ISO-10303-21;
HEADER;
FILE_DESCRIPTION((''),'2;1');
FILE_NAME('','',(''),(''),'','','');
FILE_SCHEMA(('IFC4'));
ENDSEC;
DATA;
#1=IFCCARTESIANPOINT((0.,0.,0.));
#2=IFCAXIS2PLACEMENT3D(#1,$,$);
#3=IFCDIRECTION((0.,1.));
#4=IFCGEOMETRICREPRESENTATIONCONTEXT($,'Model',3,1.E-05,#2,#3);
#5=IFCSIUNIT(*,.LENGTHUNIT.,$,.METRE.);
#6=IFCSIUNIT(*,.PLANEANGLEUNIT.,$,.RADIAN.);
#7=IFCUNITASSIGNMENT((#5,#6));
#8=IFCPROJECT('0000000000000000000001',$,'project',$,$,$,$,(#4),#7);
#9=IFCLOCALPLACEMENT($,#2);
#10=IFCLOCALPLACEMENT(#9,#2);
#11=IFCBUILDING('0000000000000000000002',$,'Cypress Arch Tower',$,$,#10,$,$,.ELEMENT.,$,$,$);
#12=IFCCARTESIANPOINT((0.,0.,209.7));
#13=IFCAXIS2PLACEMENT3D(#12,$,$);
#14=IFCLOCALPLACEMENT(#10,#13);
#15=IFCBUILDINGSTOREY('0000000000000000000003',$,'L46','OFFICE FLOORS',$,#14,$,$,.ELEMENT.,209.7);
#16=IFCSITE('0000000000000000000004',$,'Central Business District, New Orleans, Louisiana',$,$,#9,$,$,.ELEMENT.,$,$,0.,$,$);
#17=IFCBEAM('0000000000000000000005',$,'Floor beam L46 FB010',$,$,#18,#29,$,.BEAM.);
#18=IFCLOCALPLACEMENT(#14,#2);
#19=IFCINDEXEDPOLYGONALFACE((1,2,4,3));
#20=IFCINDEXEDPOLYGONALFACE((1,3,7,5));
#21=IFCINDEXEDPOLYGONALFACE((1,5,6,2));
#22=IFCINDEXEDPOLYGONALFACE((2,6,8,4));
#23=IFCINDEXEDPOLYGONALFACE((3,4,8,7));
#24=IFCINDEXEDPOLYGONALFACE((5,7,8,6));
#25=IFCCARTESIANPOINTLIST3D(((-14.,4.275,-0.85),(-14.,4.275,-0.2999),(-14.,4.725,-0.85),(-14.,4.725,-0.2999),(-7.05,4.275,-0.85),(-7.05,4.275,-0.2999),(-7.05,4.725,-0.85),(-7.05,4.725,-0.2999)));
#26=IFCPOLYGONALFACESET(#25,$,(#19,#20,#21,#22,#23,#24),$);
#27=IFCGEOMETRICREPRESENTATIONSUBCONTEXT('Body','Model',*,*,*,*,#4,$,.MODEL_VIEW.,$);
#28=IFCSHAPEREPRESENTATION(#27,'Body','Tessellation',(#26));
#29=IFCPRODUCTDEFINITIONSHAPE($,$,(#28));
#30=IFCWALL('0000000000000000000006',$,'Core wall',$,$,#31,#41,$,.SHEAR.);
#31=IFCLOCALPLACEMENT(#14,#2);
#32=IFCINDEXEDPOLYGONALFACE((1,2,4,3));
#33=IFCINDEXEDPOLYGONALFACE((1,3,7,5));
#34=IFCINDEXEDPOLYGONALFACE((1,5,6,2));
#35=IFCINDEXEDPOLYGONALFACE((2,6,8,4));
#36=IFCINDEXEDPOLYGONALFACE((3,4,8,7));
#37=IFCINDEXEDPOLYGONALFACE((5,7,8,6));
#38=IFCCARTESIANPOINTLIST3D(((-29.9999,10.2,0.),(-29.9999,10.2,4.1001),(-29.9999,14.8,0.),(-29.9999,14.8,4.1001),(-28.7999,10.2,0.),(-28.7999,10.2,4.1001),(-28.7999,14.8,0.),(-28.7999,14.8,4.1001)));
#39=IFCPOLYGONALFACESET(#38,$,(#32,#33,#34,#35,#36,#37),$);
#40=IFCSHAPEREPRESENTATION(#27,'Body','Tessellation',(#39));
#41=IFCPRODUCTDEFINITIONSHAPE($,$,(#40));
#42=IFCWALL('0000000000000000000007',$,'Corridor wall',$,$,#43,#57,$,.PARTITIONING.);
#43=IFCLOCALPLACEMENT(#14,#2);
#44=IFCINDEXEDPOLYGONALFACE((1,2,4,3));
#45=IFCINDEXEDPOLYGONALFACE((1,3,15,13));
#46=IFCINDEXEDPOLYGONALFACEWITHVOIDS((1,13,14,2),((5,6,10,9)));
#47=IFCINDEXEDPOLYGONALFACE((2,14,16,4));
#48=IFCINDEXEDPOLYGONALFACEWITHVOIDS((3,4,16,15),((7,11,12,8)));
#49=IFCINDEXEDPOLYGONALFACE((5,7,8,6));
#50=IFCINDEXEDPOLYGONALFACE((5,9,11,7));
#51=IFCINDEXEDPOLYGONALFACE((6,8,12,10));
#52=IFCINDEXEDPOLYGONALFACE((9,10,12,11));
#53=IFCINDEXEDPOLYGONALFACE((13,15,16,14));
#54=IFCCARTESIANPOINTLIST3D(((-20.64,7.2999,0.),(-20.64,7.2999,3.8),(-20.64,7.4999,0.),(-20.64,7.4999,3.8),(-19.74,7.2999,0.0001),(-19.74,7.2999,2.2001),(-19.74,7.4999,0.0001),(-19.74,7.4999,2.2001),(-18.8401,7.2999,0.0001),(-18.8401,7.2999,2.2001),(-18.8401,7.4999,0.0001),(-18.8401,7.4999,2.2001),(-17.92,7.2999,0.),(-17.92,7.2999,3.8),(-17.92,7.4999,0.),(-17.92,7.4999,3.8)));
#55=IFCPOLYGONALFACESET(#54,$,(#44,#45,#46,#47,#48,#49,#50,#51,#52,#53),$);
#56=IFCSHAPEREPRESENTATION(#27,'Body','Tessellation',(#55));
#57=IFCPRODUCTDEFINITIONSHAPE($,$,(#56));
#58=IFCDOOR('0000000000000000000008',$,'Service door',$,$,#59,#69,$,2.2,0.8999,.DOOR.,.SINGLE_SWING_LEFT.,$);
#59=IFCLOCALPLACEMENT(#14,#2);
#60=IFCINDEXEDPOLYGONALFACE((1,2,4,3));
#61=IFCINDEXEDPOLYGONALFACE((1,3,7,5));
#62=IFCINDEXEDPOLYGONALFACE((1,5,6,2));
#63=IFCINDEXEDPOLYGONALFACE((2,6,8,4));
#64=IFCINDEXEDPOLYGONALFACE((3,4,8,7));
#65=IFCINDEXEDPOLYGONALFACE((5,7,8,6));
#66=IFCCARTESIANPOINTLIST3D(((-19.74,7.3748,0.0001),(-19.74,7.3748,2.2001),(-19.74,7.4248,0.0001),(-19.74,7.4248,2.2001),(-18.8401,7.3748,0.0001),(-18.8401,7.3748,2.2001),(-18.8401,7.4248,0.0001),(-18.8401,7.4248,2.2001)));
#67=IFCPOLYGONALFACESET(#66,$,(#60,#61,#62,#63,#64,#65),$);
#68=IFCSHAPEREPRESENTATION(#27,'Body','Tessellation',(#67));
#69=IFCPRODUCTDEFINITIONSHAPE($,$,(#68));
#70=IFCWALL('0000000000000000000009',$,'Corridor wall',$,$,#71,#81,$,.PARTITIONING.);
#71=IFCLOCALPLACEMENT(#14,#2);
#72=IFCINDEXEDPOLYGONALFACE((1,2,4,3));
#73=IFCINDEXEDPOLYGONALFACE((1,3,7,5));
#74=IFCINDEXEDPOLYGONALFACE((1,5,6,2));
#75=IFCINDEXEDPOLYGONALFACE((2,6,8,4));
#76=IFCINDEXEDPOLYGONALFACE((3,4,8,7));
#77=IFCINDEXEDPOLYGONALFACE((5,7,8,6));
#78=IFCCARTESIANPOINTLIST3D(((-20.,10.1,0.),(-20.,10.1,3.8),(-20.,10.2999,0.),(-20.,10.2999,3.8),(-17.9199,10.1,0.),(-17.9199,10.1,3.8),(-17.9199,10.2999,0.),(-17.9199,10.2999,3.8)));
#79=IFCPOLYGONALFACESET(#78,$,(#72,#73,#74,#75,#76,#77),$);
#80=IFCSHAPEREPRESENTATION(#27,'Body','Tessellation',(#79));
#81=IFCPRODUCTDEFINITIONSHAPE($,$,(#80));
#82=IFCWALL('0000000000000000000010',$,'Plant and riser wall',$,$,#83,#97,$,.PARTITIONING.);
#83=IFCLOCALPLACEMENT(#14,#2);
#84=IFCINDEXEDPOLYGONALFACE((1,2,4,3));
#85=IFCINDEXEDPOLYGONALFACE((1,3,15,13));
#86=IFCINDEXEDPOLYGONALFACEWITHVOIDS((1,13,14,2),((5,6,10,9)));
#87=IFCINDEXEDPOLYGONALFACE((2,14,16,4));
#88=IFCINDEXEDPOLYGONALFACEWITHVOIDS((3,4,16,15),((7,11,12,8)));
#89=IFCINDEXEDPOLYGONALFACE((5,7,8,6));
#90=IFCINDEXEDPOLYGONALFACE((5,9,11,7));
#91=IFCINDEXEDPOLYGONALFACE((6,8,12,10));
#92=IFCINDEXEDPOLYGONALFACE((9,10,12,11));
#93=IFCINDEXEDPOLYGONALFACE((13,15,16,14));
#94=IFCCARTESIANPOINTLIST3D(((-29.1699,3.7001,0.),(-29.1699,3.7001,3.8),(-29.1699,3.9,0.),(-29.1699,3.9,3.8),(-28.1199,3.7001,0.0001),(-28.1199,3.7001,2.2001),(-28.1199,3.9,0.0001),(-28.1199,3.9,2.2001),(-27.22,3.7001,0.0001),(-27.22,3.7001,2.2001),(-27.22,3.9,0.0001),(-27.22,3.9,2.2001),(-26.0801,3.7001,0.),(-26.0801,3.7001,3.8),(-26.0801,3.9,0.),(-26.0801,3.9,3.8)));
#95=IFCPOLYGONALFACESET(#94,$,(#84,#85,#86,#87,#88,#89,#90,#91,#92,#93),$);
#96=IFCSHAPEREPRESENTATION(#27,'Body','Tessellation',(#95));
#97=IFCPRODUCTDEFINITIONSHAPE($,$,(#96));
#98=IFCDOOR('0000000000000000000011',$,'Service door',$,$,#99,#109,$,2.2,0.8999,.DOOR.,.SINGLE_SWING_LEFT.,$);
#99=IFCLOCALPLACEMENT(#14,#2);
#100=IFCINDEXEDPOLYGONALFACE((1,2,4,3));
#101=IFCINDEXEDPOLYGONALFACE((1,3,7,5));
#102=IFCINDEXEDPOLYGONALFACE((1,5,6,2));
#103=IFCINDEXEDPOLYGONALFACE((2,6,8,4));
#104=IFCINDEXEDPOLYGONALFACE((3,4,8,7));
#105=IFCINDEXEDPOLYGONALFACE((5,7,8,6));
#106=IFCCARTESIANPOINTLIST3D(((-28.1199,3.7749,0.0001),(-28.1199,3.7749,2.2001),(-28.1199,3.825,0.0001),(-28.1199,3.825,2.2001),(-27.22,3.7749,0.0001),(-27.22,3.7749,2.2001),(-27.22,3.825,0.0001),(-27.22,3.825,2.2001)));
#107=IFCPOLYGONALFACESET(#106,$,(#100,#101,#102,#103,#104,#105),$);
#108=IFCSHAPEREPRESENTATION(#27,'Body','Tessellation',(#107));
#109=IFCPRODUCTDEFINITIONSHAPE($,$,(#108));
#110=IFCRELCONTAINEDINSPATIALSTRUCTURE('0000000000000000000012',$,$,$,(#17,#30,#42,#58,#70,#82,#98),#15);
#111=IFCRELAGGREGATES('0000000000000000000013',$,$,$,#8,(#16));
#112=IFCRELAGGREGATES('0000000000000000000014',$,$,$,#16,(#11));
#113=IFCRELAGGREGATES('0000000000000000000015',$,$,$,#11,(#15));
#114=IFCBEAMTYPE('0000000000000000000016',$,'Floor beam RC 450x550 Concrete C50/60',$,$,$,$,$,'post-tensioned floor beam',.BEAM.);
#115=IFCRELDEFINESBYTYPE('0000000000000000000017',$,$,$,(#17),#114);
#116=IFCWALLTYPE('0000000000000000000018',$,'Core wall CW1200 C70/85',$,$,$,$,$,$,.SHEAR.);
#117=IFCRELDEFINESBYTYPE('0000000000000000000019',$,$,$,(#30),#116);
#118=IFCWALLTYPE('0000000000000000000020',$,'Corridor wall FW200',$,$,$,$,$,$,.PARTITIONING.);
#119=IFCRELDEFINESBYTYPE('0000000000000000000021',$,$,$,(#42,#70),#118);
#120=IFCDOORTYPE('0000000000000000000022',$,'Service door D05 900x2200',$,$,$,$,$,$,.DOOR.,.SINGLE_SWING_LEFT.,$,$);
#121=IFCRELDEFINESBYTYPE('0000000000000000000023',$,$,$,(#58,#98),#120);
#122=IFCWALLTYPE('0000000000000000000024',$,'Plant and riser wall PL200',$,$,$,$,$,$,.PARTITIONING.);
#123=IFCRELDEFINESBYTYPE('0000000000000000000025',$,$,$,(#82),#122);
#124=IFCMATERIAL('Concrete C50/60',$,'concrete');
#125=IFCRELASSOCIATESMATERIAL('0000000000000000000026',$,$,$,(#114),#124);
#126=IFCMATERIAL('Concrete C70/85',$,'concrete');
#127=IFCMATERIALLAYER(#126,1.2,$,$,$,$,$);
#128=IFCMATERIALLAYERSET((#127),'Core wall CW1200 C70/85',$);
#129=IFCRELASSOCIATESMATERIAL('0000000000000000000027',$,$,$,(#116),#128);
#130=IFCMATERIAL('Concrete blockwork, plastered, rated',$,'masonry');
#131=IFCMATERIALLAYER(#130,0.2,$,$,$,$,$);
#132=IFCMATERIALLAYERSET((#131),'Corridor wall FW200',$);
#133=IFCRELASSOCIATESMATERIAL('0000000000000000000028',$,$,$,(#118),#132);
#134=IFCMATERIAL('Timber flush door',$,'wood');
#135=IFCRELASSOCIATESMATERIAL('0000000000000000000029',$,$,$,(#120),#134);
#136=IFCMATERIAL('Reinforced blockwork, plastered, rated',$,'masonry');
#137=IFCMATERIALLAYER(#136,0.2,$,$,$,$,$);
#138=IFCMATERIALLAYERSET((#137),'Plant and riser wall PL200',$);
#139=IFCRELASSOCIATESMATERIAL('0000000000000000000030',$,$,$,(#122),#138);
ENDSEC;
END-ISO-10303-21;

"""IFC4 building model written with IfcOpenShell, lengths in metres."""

from ifc_helpers import new_model, si_unit, direction, frame, frame_2d, origin, origin_2d, place, context, subcontext, project, spatial, rectangle, extrude, material, layer, layer_set, material_profile, profile_set, type_object, element, fill, save


model = new_model("IFC4")

# Units and contexts
model_context = context("Model", 3, precision=1e-05, world=origin(), true_north=direction((0.0, 1.0)))
body_context = subcontext(model_context, "Body", "Model", "MODEL_VIEW")
ifc_project = project(units=[si_unit("LENGTHUNIT", "METRE"), si_unit("PLANEANGLEUNIT", "RADIAN")], contexts=[model_context])

# Site, building, storey
site_placement = place(None, origin())
site = spatial("IfcSite", under=ifc_project, at=site_placement, Name="Central Business District, New Orleans, Louisiana", CompositionType="ELEMENT", RefElevation=0.0)
building_placement = place(site_placement, origin())
building = spatial("IfcBuilding", under=site, at=building_placement, Name="Cypress Arch Tower", CompositionType="ELEMENT")
storey_placement = place(building_placement, frame((0.0, 0.0, 209.7)))
storey = spatial("IfcBuildingStorey", under=building, at=storey_placement, Name="L46", Description="OFFICE FLOORS", CompositionType="ELEMENT", Elevation=209.7)

# Beam
ifc_material_1 = material(Name="Concrete C50/60", Category="concrete")
ifc_material_profile = material_profile(ifc_material_1, rectangle(XDim=0.45, YDim=0.55, at=origin_2d()), Name="RC 450x550")
ifc_profile_set = profile_set([ifc_material_profile], Name="Concrete C50/60")
beam_type = type_object("IfcBeamType", Name="Floor beam RC 450x550 Concrete C50/60", ElementType="post-tensioned floor beam", PredefinedType="BEAM", material=ifc_profile_set)
beam_placement = place(storey_placement, frame((-14.0, 4.5, -0.575), z_axis=(1.0, 0.0, 0.0), x_axis=(0.0, 1.0, 0.0)))
element("IfcBeam", 1, at=beam_placement, inside=storey, type_object=beam_type, Name="Floor beam L46 FB010", PredefinedType="BEAM", context=body_context, shape_type="SweptSolid", body=[
    extrude(rectangle(XDim=0.45, YDim=0.55, at=origin_2d()), origin(), (0.0, 0.0, 1.0), 6.95),
])

# Wall
ifc_material_2 = material(Name="Concrete C70/85", Category="concrete")
ifc_layer_1 = layer(ifc_material_2, 1.2)
ifc_layer_set_1 = layer_set([ifc_layer_1], Name="Core wall CW1200 C70/85")
wall_type_1 = type_object("IfcWallType", Name="Core wall CW1200 C70/85", PredefinedType="SHEAR", material=ifc_layer_set_1)
wall_1_placement = place(storey_placement, frame((-29.3999, 10.2, 0.0), z_axis=(0.0, 0.0, 1.0), x_axis=(0.0, 1.0, 0.0)))
element("IfcWall", 2, at=wall_1_placement, inside=storey, type_object=wall_type_1, Name="Core wall", PredefinedType="SHEAR", context=body_context, shape_type="SweptSolid", body=[
    extrude(rectangle(XDim=4.6001, YDim=1.2, at=frame_2d((2.3, 0.0))), origin(), (0.0, 0.0, 1.0), 4.1001),
])

# Wall, opening, door
ifc_material_3 = material(Name="Concrete blockwork, plastered, rated", Category="masonry")
ifc_layer_2 = layer(ifc_material_3, 0.2)
ifc_layer_set_2 = layer_set([ifc_layer_2], Name="Corridor wall FW200")
wall_type_2 = type_object("IfcWallType", Name="Corridor wall FW200", PredefinedType="PARTITIONING", material=ifc_layer_set_2)
wall_2_placement = place(storey_placement, frame((-20.6399, 7.3999, 0.0), z_axis=(0.0, 0.0, 1.0), x_axis=(1.0, 0.0, 0.0)))
wall_2 = element("IfcWall", 3, at=wall_2_placement, inside=storey, type_object=wall_type_2, Name="Corridor wall", PredefinedType="PARTITIONING", context=body_context, shape_type="SweptSolid", body=[
    extrude(rectangle(XDim=2.72, YDim=0.2, at=frame_2d((1.3599, 0.0))), origin(), (0.0, 0.0, 1.0), 3.8),
])
opening_1_placement = place(wall_2_placement, frame((0.8999, 0.0, 0.0)))
opening_1 = element("IfcOpeningElement", 4, at=opening_1_placement, cuts=wall_2, PredefinedType="OPENING", context=body_context, shape_type="SweptSolid", body=[
    extrude(rectangle(XDim=0.8999, YDim=2.2, at=frame_2d((0.45, 1.1001))), frame((0.0, 0.1099, 0.0), z_axis=(0.0, -1.0, 0.0), x_axis=(1.0, 0.0, 0.0)), (0.0, 0.0, 1.0), 0.22),
])
ifc_material_4 = material(Name="Timber flush door", Category="wood")
door_type_1 = type_object("IfcDoorType", Name="Service door D05 900x2200", OperationType="SINGLE_SWING_LEFT", PredefinedType="DOOR", material=ifc_material_4)
door_1_placement = place(opening_1_placement, origin())
door_1 = element("IfcDoor", 5, at=door_1_placement, inside=storey, type_object=door_type_1, Name="Service door", OperationType="SINGLE_SWING_LEFT", OverallHeight=2.2, OverallWidth=0.8999, PredefinedType="DOOR", context=body_context, shape_type="SweptSolid", body=[
    extrude(rectangle(XDim=0.8999, YDim=2.2, at=frame_2d((0.45, 1.1001))), frame((0.0, 0.0249, 0.0), z_axis=(0.0, -1.0, 0.0), x_axis=(1.0, 0.0, 0.0)), (0.0, 0.0, 1.0), 0.05),
])
fill(opening_1, door_1)

# Wall
wall_3_placement = place(storey_placement, frame((-20.0, 10.2, 0.0), z_axis=(0.0, 0.0, 1.0), x_axis=(1.0, 0.0, 0.0)))
element("IfcWall", 6, at=wall_3_placement, inside=storey, type_object=wall_type_2, Name="Corridor wall", PredefinedType="PARTITIONING", context=body_context, shape_type="SweptSolid", body=[
    extrude(rectangle(XDim=2.0801, YDim=0.2, at=frame_2d((1.04, 0.0))), origin(), (0.0, 0.0, 1.0), 3.8),
])

# Wall, opening, door
ifc_material_5 = material(Name="Reinforced blockwork, plastered, rated", Category="masonry")
ifc_layer_3 = layer(ifc_material_5, 0.2)
ifc_layer_set_3 = layer_set([ifc_layer_3], Name="Plant and riser wall PL200")
wall_type_3 = type_object("IfcWallType", Name="Plant and riser wall PL200", PredefinedType="PARTITIONING", material=ifc_layer_set_3)
wall_4_placement = place(storey_placement, frame((-29.1699, 3.8, 0.0), z_axis=(0.0, 0.0, 1.0), x_axis=(1.0, 0.0, 0.0)))
wall_4 = element("IfcWall", 7, at=wall_4_placement, inside=storey, type_object=wall_type_3, Name="Plant and riser wall", PredefinedType="PARTITIONING", context=body_context, shape_type="SweptSolid", body=[
    extrude(rectangle(XDim=3.0898, YDim=0.2, at=frame_2d((1.5449, 0.0))), origin(), (0.0, 0.0, 1.0), 3.8),
])
opening_2_placement = place(wall_4_placement, frame((1.05, 0.0, 0.0)))
opening_2 = element("IfcOpeningElement", 8, at=opening_2_placement, cuts=wall_4, PredefinedType="OPENING", context=body_context, shape_type="SweptSolid", body=[
    extrude(rectangle(XDim=0.8999, YDim=2.2, at=frame_2d((0.45, 1.1001))), frame((0.0, 0.1099, 0.0), z_axis=(0.0, -1.0, 0.0), x_axis=(1.0, 0.0, 0.0)), (0.0, 0.0, 1.0), 0.22),
])
door_2_placement = place(opening_2_placement, origin())
door_2 = element("IfcDoor", 9, at=door_2_placement, inside=storey, type_object=door_type_1, Name="Service door", OperationType="SINGLE_SWING_LEFT", OverallHeight=2.2, OverallWidth=0.8999, PredefinedType="DOOR", context=body_context, shape_type="SweptSolid", body=[
    extrude(rectangle(XDim=0.8999, YDim=2.2, at=frame_2d((0.45, 1.1001))), frame((0.0, 0.0249, 0.0), z_axis=(0.0, -1.0, 0.0), x_axis=(1.0, 0.0, 0.0)), (0.0, 0.0, 1.0), 0.05),
])
fill(opening_2, door_2)

save(model, "model.ifc")
